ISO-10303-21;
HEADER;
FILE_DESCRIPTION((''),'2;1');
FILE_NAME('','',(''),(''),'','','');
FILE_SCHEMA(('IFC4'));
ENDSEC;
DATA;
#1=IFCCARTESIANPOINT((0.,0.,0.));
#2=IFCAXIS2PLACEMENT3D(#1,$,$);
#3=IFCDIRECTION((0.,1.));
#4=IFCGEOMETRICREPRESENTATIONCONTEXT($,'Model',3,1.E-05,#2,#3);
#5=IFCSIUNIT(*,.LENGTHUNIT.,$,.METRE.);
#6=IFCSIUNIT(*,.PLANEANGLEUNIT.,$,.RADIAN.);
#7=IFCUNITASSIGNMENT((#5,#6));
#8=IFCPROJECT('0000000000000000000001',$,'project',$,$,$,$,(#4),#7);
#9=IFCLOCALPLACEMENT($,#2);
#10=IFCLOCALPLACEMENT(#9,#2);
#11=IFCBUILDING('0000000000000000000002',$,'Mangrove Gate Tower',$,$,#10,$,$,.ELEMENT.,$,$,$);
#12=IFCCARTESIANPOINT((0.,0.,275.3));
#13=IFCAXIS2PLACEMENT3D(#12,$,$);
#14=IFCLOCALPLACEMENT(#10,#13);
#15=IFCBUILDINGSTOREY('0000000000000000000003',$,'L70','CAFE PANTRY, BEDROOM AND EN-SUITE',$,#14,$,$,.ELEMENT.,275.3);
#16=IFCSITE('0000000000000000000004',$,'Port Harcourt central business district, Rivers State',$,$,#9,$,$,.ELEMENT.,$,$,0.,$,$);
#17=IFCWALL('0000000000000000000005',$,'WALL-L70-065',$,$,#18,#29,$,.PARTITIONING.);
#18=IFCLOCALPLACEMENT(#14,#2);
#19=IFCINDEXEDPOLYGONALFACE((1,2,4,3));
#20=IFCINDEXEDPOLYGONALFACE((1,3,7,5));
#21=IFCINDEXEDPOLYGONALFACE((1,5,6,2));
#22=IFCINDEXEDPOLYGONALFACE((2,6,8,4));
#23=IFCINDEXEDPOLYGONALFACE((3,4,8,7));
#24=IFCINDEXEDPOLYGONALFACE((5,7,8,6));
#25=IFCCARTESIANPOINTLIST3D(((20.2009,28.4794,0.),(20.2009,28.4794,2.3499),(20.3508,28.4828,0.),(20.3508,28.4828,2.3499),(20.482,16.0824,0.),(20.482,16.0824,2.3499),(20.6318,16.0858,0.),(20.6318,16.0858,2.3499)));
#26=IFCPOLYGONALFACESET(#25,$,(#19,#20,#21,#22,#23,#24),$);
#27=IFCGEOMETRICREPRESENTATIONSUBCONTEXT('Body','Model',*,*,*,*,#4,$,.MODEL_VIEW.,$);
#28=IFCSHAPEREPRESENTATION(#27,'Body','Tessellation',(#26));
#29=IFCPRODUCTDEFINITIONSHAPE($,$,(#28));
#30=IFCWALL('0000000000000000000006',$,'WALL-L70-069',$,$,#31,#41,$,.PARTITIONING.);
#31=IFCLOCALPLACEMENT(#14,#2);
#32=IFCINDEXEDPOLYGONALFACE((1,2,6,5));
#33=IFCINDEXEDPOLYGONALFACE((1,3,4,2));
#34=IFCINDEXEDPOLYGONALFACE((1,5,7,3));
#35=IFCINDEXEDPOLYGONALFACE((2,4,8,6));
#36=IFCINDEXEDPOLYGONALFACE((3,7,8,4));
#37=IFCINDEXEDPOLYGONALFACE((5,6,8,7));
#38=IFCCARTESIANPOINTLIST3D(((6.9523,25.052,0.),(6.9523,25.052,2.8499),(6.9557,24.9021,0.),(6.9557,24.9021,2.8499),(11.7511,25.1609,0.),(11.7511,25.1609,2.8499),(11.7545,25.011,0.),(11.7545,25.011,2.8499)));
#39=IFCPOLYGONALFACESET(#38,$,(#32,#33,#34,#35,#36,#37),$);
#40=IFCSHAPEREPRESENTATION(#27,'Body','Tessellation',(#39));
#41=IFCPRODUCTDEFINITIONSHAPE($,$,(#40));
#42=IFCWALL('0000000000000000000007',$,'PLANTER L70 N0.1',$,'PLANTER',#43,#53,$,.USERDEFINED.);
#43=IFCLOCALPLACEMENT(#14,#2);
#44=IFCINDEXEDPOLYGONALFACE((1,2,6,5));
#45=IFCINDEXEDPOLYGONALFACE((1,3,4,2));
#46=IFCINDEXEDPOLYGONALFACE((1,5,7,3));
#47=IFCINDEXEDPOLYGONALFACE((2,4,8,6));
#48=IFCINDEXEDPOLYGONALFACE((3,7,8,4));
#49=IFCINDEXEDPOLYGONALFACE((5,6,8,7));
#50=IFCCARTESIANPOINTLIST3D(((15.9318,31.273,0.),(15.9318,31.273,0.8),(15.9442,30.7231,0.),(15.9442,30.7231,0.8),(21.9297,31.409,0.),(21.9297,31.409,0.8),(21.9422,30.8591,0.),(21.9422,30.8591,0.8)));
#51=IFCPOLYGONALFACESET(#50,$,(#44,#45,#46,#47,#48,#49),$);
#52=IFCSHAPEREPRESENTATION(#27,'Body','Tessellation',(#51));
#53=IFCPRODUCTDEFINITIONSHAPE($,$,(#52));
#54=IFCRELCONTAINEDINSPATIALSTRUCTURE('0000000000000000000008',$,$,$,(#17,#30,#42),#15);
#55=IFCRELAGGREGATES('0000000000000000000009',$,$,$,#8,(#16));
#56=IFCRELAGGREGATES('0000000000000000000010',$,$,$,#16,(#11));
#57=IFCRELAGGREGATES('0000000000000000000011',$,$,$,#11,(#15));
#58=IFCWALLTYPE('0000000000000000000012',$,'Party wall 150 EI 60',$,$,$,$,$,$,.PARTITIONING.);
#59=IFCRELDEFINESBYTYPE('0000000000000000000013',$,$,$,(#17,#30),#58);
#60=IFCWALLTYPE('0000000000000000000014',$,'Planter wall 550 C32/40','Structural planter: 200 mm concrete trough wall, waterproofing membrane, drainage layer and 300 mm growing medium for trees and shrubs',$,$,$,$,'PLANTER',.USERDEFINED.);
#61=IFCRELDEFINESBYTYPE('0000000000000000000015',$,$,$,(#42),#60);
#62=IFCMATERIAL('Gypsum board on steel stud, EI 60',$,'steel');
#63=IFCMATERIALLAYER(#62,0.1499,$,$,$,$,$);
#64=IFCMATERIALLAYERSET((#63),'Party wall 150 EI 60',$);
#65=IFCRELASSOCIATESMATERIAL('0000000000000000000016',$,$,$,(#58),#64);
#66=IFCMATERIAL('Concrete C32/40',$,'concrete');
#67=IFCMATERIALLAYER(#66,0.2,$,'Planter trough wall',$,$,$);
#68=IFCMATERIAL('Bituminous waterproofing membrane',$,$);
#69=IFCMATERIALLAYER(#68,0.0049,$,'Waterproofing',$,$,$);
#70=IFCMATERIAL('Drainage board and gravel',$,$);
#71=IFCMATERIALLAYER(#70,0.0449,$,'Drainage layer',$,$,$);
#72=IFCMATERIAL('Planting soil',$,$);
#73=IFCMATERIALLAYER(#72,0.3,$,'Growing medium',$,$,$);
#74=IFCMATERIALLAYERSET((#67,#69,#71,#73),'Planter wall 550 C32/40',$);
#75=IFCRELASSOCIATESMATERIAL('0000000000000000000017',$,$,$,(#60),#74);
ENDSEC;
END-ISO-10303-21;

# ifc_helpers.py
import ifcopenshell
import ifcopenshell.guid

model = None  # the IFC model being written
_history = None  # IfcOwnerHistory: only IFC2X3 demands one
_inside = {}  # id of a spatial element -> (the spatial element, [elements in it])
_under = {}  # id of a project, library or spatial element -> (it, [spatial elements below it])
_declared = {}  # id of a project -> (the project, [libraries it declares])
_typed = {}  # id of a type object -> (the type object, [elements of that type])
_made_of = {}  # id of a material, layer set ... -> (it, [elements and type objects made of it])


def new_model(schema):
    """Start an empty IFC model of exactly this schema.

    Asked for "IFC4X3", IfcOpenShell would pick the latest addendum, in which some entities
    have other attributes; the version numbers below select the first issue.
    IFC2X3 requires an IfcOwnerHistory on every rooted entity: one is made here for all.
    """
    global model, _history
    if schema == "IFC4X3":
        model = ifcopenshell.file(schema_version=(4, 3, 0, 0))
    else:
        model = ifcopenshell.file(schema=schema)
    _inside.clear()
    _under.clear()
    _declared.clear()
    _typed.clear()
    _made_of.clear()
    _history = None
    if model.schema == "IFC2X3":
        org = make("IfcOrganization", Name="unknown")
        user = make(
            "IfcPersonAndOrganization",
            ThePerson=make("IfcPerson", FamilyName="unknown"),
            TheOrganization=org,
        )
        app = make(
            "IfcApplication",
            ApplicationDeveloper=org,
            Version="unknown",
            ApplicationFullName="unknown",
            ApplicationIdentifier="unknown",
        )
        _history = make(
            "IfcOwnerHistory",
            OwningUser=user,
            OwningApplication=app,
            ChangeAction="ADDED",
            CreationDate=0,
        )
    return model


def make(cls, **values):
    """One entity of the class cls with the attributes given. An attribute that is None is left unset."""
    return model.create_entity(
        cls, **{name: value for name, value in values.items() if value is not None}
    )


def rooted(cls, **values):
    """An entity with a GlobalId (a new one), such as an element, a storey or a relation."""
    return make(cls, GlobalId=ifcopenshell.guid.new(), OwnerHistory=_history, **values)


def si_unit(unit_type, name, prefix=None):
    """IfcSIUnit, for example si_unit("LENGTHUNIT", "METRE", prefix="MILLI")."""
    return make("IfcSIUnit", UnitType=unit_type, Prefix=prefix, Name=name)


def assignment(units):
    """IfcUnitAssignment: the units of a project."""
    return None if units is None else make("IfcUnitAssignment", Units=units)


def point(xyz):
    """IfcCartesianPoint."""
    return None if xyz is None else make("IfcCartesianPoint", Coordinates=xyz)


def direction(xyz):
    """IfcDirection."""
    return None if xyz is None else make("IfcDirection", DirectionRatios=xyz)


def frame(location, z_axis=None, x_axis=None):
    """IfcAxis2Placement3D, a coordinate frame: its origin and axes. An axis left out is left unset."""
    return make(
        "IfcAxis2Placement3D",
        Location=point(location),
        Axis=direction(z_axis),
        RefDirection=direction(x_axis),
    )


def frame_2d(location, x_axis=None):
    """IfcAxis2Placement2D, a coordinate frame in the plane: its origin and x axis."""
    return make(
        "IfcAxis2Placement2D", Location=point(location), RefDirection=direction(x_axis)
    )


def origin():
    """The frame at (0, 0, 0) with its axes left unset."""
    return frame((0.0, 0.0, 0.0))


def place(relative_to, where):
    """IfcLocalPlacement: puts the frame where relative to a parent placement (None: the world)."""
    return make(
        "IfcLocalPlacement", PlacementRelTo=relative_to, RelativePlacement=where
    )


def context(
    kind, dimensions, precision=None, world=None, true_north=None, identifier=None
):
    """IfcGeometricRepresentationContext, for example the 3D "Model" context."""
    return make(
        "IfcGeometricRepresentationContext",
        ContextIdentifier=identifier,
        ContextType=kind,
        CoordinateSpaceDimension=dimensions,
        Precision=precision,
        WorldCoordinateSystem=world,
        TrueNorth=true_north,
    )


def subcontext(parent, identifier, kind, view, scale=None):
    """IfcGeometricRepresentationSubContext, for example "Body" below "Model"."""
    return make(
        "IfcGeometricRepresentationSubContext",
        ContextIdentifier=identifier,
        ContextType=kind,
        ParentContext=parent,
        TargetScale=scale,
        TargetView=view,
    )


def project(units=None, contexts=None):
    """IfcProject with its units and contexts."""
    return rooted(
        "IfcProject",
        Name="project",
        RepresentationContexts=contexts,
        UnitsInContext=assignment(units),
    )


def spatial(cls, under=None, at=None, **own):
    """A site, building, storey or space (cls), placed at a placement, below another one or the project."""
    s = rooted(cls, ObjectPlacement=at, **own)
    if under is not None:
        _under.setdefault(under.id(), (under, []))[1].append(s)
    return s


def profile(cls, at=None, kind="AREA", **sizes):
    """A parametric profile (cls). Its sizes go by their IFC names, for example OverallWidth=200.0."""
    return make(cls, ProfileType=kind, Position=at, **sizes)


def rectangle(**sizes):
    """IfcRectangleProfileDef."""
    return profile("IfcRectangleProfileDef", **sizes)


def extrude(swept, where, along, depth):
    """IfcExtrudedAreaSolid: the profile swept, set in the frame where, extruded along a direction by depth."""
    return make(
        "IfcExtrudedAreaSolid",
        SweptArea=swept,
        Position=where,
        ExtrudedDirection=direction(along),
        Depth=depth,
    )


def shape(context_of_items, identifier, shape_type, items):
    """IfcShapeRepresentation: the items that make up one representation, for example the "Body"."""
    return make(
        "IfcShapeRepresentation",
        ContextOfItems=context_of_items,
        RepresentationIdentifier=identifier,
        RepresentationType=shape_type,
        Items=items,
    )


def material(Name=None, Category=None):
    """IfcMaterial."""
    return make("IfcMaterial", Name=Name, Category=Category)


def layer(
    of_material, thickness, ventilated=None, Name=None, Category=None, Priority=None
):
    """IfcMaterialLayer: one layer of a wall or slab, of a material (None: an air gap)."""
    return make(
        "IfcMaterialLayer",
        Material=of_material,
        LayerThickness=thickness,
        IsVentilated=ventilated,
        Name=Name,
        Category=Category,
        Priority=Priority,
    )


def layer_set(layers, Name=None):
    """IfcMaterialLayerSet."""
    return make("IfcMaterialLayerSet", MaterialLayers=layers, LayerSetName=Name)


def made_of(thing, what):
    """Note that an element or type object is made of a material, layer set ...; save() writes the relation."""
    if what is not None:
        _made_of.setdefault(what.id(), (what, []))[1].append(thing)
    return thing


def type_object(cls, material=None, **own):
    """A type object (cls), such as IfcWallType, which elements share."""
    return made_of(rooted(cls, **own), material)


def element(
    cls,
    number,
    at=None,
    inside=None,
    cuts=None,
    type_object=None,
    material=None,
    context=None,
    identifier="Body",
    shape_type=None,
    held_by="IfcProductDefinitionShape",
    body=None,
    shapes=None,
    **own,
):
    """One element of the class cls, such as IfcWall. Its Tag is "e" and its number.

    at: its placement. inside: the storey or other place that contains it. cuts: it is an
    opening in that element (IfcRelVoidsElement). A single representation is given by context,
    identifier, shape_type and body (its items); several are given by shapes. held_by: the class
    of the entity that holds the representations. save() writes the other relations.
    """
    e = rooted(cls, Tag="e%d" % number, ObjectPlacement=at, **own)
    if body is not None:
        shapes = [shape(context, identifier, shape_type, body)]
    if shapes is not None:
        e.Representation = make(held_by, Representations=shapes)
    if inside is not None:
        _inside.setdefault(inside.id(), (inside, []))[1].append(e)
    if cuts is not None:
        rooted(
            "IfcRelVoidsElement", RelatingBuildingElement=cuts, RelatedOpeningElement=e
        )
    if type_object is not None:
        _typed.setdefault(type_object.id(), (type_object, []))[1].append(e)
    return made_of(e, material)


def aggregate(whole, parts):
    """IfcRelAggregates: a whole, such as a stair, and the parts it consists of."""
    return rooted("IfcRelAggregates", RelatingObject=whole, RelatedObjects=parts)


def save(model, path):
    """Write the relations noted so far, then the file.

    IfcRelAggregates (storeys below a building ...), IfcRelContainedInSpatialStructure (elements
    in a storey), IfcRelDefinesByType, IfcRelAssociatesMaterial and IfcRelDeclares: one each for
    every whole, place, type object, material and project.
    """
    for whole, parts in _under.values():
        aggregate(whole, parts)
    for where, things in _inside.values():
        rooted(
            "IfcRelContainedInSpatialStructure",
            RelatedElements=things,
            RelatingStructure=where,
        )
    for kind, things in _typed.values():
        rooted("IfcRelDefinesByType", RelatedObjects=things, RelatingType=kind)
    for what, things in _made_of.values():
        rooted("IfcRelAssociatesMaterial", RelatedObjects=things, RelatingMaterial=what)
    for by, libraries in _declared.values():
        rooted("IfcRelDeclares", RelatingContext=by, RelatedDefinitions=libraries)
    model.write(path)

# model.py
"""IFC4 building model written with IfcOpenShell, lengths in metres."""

from ifc_helpers import new_model, si_unit, direction, frame, frame_2d, origin, place, context, subcontext, project, spatial, rectangle, extrude, material, layer, layer_set, type_object, element, save


model = new_model("IFC4")

# Units and contexts
model_context = context("Model", 3, precision=1e-05, world=origin(), true_north=direction((0.0, 1.0)))
body_context = subcontext(model_context, "Body", "Model", "MODEL_VIEW")
ifc_project = project(units=[si_unit("LENGTHUNIT", "METRE"), si_unit("PLANEANGLEUNIT", "RADIAN")], contexts=[model_context])

# Site, building, storey
site_placement = place(None, origin())
site = spatial("IfcSite", under=ifc_project, at=site_placement, Name="Port Harcourt central business district, Rivers State", CompositionType="ELEMENT", RefElevation=0.0)
building_placement = place(site_placement, origin())
building = spatial("IfcBuilding", under=site, at=building_placement, Name="Mangrove Gate Tower", CompositionType="ELEMENT")
storey_placement = place(building_placement, frame((0.0, 0.0, 275.3)))
storey = spatial("IfcBuildingStorey", under=building, at=storey_placement, Name="L70", Description="CAFE PANTRY, BEDROOM AND EN-SUITE", CompositionType="ELEMENT", Elevation=275.3)

# Shared definitions
ifc_material_1 = material(Name="Gypsum board on steel stud, EI 60", Category="steel")
ifc_layer_1 = layer(ifc_material_1, 0.1499)
ifc_layer_set_1 = layer_set([ifc_layer_1], Name="Party wall 150 EI 60")
wall_type_1 = type_object("IfcWallType", Name="Party wall 150 EI 60", PredefinedType="PARTITIONING", material=ifc_layer_set_1)

# Walls
wall_1_placement = place(storey_placement, frame((20.5569, 16.084, 0.0), z_axis=(0.0, 0.0, 1.0), x_axis=(-0.022661, 0.999743, 0.0)))
element("IfcWall", 1, at=wall_1_placement, inside=storey, type_object=wall_type_1, Name="WALL-L70-065", PredefinedType="PARTITIONING", context=body_context, shape_type="SweptSolid", body=[
    extrude(rectangle(XDim=12.4001, YDim=0.1499, at=frame_2d((6.2002, 0.0))), origin(), (0.0, 0.0, 1.0), 2.3499),
])
wall_2_placement = place(storey_placement, frame((6.9541, 24.9771, 0.0), z_axis=(0.0, 0.0, 1.0), x_axis=(0.999743, 0.022684, 0.0)))
element("IfcWall", 2, at=wall_2_placement, inside=storey, type_object=wall_type_1, Name="WALL-L70-069", PredefinedType="PARTITIONING", context=body_context, shape_type="SweptSolid", body=[
    extrude(rectangle(XDim=4.8, YDim=0.1499, at=frame_2d((2.3999, 0.0))), origin(), (0.0, 0.0, 1.0), 2.8499),
])
ifc_material_2 = material(Name="Concrete C32/40", Category="concrete")
ifc_layer_2 = layer(ifc_material_2, 0.2, Name="Planter trough wall")
ifc_material_3 = material(Name="Bituminous waterproofing membrane")
ifc_layer_3 = layer(ifc_material_3, 0.0049, Name="Waterproofing")
ifc_material_4 = material(Name="Drainage board and gravel")
ifc_layer_4 = layer(ifc_material_4, 0.0449, Name="Drainage layer")
ifc_material_5 = material(Name="Planting soil")
ifc_layer_5 = layer(ifc_material_5, 0.3, Name="Growing medium")
ifc_layer_set_2 = layer_set([ifc_layer_2, ifc_layer_3, ifc_layer_4, ifc_layer_5], Name="Planter wall 550 C32/40")
wall_type_2 = type_object("IfcWallType", Name="Planter wall 550 C32/40", Description="Structural planter: 200 mm concrete trough wall, waterproofing membrane, drainage layer and 300 mm growing medium for trees and shrubs", ElementType="PLANTER", PredefinedType="USERDEFINED", material=ifc_layer_set_2)
wall_3_placement = place(storey_placement, frame((15.938, 30.998, 0.0), z_axis=(0.0, 0.0, 1.0), x_axis=(0.999743, 0.022666, 0.0)))
element("IfcWall", 3, at=wall_3_placement, inside=storey, type_object=wall_type_2, Name="PLANTER L70 N0.1", ObjectType="PLANTER", PredefinedType="USERDEFINED", context=body_context, shape_type="SweptSolid", body=[
    extrude(rectangle(XDim=5.9995, YDim=0.55, at=frame_2d((2.9998, 0.0))), origin(), (0.0, 0.0, 1.0), 0.8),
])

save(model, "model.ifc")
